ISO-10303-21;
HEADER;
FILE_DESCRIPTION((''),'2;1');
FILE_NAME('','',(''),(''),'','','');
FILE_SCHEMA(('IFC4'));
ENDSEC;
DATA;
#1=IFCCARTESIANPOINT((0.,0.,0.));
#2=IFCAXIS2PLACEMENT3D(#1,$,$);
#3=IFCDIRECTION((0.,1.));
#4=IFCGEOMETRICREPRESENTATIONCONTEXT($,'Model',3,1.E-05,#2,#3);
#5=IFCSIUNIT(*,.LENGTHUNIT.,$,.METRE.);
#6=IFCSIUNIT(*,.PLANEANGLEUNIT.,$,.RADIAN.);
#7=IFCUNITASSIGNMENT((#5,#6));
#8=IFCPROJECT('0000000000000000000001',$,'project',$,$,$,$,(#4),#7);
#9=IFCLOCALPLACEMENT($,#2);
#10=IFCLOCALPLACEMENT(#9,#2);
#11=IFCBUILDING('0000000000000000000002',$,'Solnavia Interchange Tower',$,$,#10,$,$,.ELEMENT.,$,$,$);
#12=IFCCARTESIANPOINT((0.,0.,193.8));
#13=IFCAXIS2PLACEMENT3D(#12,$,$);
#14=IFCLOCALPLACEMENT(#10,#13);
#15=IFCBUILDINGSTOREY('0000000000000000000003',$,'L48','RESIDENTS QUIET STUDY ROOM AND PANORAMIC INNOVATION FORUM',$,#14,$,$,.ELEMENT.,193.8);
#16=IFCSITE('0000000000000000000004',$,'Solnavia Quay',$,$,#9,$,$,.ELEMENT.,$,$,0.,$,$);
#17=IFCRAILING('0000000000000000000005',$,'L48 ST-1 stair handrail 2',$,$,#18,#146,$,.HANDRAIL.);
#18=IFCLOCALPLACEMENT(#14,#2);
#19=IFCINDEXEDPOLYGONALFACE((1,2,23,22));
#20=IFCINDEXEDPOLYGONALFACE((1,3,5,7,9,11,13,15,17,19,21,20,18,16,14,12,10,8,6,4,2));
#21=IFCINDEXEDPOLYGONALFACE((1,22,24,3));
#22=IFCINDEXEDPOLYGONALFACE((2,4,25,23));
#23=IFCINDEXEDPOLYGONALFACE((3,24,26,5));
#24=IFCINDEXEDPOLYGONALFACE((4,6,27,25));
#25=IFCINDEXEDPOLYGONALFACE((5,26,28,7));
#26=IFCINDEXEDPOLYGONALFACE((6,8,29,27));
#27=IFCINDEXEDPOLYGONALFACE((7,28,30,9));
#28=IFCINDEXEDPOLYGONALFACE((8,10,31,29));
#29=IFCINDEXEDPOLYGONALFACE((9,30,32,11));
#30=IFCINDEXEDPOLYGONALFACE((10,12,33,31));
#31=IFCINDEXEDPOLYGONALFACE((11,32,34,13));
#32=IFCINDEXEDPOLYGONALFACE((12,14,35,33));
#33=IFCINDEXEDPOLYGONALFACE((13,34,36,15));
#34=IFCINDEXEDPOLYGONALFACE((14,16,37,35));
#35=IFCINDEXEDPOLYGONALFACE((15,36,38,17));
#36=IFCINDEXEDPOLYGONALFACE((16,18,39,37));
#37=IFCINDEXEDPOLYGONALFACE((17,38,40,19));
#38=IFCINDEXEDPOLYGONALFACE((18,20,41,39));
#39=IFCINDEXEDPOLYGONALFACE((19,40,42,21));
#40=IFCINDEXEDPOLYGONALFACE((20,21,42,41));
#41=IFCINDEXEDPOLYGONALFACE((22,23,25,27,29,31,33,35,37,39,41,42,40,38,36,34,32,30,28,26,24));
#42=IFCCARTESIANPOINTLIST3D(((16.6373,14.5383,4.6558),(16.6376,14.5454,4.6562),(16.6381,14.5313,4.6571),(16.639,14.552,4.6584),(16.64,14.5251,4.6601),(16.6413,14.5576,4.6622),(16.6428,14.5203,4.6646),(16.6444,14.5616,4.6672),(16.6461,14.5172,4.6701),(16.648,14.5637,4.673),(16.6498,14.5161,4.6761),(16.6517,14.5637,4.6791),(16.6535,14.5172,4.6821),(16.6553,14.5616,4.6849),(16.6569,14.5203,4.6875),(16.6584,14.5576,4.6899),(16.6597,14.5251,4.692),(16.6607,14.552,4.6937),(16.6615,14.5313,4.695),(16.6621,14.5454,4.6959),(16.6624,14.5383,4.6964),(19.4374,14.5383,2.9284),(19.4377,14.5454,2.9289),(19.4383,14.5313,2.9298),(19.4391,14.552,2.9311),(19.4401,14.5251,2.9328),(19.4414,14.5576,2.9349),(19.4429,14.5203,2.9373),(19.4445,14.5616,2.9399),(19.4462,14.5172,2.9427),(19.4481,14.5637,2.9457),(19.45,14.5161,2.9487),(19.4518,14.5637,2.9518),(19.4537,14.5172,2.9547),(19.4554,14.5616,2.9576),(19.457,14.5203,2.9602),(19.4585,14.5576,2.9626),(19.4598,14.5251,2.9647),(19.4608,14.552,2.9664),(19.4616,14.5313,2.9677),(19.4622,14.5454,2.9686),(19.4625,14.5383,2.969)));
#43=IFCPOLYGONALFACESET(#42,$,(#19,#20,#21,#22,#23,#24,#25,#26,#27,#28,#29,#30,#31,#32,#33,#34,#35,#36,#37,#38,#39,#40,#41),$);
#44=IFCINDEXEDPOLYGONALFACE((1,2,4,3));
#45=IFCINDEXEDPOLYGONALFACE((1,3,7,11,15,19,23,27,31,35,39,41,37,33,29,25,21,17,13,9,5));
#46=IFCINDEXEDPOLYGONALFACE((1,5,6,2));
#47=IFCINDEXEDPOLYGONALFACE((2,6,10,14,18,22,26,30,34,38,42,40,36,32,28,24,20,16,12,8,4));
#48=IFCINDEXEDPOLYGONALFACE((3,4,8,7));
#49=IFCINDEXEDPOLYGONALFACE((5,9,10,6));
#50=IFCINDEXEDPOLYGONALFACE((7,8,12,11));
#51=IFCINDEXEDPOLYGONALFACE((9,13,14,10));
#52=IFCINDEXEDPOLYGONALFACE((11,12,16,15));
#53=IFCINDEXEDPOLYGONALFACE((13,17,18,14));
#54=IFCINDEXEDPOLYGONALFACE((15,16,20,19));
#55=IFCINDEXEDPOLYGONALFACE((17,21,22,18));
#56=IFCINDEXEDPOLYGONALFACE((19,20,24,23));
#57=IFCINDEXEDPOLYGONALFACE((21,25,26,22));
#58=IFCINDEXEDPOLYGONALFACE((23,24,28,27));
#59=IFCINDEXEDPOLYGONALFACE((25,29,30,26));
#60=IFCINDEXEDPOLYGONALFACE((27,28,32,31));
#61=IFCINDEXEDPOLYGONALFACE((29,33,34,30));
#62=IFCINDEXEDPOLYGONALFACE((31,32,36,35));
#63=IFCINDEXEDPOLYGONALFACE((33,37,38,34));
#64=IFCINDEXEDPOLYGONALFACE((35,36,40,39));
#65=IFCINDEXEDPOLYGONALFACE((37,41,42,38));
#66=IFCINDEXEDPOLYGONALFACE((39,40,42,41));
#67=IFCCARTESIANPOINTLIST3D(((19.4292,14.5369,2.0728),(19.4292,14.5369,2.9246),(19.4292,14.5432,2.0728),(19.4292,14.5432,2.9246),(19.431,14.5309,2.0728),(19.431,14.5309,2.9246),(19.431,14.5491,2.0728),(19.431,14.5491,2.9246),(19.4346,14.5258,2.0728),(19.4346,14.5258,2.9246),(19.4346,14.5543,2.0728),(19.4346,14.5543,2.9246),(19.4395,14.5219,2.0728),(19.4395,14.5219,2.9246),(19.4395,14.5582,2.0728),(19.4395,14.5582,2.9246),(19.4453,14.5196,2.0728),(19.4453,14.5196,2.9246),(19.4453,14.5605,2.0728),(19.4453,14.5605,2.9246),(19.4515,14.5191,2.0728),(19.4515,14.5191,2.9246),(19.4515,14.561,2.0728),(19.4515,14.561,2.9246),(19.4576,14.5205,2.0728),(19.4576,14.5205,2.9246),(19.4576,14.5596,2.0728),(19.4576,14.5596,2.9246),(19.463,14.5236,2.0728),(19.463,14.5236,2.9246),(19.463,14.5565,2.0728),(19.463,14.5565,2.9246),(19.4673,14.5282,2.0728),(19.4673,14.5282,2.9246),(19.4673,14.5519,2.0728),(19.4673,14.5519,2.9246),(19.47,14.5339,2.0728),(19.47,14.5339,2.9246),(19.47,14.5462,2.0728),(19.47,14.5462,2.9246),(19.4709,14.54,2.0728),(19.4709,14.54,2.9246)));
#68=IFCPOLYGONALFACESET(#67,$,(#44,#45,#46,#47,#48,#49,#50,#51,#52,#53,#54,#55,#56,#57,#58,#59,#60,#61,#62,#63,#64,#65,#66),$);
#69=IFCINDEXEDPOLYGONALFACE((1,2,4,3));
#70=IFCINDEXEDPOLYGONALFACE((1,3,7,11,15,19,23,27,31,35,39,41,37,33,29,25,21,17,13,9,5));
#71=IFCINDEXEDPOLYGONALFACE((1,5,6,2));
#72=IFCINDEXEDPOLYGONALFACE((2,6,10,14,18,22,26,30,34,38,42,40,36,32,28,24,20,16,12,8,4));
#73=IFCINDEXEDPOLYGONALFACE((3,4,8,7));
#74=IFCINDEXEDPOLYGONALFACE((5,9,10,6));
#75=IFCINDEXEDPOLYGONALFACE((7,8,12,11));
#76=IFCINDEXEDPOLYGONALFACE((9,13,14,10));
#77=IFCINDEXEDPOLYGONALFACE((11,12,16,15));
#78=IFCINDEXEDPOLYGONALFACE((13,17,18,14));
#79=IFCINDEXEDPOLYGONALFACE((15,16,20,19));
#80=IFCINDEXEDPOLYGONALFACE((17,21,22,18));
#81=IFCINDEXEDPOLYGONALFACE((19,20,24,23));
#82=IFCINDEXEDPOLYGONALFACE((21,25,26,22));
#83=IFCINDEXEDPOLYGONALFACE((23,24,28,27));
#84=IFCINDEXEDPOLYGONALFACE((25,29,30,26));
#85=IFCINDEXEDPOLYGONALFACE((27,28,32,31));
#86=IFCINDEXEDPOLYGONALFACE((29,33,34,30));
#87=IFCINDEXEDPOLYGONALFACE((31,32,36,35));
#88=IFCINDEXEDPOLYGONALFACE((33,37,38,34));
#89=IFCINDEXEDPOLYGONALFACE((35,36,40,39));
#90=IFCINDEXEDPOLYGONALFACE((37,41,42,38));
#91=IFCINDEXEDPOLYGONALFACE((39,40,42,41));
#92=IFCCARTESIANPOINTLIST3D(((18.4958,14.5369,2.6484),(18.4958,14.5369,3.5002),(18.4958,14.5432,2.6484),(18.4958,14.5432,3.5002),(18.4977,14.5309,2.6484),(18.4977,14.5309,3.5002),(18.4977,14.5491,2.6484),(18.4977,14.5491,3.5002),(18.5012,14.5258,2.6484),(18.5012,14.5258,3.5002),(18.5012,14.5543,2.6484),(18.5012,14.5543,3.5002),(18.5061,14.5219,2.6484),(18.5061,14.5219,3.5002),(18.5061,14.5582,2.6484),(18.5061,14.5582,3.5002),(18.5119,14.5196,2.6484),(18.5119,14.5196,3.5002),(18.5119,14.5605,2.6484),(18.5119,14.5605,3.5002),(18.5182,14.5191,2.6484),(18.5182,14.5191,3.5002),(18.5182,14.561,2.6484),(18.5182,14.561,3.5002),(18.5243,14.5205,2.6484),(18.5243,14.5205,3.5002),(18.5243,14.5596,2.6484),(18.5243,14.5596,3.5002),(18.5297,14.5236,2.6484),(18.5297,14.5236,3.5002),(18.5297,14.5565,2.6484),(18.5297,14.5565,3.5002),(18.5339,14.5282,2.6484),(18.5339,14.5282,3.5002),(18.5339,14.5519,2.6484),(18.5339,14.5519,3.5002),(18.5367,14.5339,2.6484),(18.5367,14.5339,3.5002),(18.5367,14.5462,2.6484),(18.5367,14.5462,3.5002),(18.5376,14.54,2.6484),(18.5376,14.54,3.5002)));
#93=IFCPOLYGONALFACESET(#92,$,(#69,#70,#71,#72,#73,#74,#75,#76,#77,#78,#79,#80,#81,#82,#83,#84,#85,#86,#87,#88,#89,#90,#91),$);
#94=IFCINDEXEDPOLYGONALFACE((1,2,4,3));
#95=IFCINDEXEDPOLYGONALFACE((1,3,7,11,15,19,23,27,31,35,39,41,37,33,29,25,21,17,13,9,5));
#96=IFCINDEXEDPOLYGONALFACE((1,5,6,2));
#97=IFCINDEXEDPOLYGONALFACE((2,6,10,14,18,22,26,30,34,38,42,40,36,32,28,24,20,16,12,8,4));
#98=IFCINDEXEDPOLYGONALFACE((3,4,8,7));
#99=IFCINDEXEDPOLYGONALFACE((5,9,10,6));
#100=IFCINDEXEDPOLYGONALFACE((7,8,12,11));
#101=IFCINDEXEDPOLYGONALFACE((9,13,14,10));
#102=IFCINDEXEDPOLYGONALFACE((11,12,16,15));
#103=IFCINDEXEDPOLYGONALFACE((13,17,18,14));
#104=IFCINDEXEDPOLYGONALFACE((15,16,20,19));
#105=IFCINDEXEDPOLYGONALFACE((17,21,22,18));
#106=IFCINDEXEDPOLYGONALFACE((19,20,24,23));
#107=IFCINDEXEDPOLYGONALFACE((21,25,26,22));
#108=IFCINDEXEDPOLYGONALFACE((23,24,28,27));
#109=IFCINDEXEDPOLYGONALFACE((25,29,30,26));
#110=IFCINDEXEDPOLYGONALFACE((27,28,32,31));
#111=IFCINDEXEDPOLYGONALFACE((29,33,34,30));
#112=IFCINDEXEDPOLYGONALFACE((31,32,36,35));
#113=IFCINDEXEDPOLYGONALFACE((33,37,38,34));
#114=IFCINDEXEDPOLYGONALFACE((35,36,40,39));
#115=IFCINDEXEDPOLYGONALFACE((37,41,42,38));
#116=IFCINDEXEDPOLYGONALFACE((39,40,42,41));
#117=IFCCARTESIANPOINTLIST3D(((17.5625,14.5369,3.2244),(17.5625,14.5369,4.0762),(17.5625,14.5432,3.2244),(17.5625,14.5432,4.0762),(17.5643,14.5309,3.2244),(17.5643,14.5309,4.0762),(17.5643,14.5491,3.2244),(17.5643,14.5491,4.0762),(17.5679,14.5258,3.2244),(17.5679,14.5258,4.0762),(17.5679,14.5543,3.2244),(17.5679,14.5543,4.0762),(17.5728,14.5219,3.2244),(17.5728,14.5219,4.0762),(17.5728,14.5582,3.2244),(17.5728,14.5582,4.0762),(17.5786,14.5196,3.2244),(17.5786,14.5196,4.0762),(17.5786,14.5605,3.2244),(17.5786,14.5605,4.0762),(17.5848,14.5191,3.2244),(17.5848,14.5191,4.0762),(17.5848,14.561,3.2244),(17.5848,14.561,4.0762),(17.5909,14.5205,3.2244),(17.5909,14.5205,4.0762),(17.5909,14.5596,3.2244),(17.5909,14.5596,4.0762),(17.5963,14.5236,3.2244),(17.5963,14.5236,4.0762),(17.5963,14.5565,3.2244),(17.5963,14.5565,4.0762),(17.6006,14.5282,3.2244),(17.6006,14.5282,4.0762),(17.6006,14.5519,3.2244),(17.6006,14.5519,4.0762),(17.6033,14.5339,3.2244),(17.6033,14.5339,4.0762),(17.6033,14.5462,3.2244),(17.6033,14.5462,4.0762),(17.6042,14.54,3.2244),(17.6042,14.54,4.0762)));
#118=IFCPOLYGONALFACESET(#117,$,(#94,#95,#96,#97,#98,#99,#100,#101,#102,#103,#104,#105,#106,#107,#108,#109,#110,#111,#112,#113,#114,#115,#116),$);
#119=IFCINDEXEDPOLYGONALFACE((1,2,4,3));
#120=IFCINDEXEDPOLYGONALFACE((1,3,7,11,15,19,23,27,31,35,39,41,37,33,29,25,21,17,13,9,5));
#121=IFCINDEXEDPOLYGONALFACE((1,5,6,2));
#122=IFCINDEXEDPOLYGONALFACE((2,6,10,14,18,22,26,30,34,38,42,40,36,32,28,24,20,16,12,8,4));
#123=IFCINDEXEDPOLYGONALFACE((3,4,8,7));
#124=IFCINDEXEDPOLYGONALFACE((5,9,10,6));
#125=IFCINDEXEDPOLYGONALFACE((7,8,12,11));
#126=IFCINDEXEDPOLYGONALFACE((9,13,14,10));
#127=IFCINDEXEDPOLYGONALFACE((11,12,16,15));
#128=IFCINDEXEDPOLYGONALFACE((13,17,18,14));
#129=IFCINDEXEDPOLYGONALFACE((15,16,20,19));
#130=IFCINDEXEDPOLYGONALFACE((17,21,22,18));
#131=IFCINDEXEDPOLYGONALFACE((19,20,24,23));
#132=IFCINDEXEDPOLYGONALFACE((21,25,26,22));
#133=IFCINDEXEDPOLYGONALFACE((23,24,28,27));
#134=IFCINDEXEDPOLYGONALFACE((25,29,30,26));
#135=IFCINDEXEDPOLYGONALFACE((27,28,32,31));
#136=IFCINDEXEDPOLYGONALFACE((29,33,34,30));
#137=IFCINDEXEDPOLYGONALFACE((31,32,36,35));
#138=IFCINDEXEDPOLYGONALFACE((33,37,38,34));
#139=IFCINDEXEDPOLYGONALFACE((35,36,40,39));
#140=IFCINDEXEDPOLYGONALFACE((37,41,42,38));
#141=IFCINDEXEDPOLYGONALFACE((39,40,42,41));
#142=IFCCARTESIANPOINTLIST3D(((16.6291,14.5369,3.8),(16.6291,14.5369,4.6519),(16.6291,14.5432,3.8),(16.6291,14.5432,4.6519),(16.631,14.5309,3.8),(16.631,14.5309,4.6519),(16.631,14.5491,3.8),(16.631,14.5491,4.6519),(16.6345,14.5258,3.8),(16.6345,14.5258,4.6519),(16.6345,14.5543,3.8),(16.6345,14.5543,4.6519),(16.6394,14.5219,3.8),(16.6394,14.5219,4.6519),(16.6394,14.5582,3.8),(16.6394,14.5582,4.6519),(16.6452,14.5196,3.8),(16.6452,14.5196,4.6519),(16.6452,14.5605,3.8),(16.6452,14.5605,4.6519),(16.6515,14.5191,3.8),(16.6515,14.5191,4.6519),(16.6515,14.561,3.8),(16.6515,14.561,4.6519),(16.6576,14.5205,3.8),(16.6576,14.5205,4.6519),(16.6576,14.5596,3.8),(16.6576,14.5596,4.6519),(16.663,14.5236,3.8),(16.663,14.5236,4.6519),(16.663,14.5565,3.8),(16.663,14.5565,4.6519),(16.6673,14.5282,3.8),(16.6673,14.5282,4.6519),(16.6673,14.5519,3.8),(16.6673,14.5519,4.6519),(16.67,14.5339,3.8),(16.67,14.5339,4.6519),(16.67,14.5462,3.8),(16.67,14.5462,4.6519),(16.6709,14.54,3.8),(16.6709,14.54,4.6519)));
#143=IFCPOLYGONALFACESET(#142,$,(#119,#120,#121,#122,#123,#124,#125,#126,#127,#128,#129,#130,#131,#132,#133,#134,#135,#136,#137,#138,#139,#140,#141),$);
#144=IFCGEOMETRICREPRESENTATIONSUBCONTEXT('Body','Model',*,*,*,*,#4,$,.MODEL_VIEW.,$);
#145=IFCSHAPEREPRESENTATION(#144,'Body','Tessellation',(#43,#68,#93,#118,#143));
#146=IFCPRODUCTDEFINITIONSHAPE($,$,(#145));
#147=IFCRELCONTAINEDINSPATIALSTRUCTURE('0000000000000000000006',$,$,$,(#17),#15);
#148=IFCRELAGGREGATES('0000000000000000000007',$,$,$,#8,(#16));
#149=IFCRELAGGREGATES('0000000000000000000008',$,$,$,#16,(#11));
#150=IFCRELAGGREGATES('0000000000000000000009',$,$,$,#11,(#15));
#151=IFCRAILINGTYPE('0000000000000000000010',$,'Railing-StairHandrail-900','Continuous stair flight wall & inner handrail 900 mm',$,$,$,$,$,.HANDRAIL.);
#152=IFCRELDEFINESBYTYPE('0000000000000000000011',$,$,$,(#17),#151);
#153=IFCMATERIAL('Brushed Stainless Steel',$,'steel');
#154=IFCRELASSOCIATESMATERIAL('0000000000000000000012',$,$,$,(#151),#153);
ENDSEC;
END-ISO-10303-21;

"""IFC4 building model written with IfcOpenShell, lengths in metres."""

from ifc_helpers import new_model, si_unit, direction, frame, origin, origin_2d, place, context, subcontext, project, spatial, circle, extrude, material, type_object, element, save


model = new_model("IFC4")

# Units and contexts
model_context = context("Model", 3, precision=1e-05, world=origin(), true_north=direction((0.0, 1.0)))
body_context = subcontext(model_context, "Body", "Model", "MODEL_VIEW")
ifc_project = project(units=[si_unit("LENGTHUNIT", "METRE"), si_unit("PLANEANGLEUNIT", "RADIAN")], contexts=[model_context])

# Site, building, storey
site_placement = place(None, origin())
site = spatial("IfcSite", under=ifc_project, at=site_placement, Name="Solnavia Quay", CompositionType="ELEMENT", RefElevation=0.0)
building_placement = place(site_placement, origin())
building = spatial("IfcBuilding", under=site, at=building_placement, Name="Solnavia Interchange Tower", CompositionType="ELEMENT")
storey_placement = place(building_placement, frame((0.0, 0.0, 193.8)))
storey = spatial("IfcBuildingStorey", under=building, at=storey_placement, Name="L48", Description="RESIDENTS QUIET STUDY ROOM AND PANORAMIC INNOVATION FORUM", CompositionType="ELEMENT", Elevation=193.8)

# Railing
ifc_material_1 = material(Name="Brushed Stainless Steel", Category="steel")
railing_type_1 = type_object("IfcRailingType", Name="Railing-StairHandrail-900", Description="Continuous stair flight wall & inner handrail 900 mm", PredefinedType="HANDRAIL", material=ifc_material_1)
railing_1_placement = place(storey_placement, frame((19.45, 14.54, 2.0728)))
element("IfcRailing", 1, at=railing_1_placement, inside=storey, type_object=railing_type_1, Name="L48 ST-1 stair handrail 2", PredefinedType="HANDRAIL", context=body_context, shape_type="SweptSolid", body=[
    extrude(circle(Radius=0.0239, at=origin_2d()), frame((0.0, 0.0, 0.876), z_axis=(-0.85109, 0.0, 0.52502), x_axis=(0.0, -1.0, 0.0)), (0.0, 0.0, 1.0), 3.29),
    extrude(circle(Radius=0.021, at=origin_2d()), origin(), (0.0, 0.0, 1.0), 0.8518),
    extrude(circle(Radius=0.021, at=origin_2d()), frame((-0.9333, 0.0, 0.5757)), (0.0, 0.0, 1.0), 0.8518),
    extrude(circle(Radius=0.021, at=origin_2d()), frame((-1.8667, 0.0, 1.1516)), (0.0, 0.0, 1.0), 0.8518),
    extrude(circle(Radius=0.021, at=origin_2d()), frame((-2.8, 0.0, 1.7273)), (0.0, 0.0, 1.0), 0.8518),
])

save(model, "model.ifc")
